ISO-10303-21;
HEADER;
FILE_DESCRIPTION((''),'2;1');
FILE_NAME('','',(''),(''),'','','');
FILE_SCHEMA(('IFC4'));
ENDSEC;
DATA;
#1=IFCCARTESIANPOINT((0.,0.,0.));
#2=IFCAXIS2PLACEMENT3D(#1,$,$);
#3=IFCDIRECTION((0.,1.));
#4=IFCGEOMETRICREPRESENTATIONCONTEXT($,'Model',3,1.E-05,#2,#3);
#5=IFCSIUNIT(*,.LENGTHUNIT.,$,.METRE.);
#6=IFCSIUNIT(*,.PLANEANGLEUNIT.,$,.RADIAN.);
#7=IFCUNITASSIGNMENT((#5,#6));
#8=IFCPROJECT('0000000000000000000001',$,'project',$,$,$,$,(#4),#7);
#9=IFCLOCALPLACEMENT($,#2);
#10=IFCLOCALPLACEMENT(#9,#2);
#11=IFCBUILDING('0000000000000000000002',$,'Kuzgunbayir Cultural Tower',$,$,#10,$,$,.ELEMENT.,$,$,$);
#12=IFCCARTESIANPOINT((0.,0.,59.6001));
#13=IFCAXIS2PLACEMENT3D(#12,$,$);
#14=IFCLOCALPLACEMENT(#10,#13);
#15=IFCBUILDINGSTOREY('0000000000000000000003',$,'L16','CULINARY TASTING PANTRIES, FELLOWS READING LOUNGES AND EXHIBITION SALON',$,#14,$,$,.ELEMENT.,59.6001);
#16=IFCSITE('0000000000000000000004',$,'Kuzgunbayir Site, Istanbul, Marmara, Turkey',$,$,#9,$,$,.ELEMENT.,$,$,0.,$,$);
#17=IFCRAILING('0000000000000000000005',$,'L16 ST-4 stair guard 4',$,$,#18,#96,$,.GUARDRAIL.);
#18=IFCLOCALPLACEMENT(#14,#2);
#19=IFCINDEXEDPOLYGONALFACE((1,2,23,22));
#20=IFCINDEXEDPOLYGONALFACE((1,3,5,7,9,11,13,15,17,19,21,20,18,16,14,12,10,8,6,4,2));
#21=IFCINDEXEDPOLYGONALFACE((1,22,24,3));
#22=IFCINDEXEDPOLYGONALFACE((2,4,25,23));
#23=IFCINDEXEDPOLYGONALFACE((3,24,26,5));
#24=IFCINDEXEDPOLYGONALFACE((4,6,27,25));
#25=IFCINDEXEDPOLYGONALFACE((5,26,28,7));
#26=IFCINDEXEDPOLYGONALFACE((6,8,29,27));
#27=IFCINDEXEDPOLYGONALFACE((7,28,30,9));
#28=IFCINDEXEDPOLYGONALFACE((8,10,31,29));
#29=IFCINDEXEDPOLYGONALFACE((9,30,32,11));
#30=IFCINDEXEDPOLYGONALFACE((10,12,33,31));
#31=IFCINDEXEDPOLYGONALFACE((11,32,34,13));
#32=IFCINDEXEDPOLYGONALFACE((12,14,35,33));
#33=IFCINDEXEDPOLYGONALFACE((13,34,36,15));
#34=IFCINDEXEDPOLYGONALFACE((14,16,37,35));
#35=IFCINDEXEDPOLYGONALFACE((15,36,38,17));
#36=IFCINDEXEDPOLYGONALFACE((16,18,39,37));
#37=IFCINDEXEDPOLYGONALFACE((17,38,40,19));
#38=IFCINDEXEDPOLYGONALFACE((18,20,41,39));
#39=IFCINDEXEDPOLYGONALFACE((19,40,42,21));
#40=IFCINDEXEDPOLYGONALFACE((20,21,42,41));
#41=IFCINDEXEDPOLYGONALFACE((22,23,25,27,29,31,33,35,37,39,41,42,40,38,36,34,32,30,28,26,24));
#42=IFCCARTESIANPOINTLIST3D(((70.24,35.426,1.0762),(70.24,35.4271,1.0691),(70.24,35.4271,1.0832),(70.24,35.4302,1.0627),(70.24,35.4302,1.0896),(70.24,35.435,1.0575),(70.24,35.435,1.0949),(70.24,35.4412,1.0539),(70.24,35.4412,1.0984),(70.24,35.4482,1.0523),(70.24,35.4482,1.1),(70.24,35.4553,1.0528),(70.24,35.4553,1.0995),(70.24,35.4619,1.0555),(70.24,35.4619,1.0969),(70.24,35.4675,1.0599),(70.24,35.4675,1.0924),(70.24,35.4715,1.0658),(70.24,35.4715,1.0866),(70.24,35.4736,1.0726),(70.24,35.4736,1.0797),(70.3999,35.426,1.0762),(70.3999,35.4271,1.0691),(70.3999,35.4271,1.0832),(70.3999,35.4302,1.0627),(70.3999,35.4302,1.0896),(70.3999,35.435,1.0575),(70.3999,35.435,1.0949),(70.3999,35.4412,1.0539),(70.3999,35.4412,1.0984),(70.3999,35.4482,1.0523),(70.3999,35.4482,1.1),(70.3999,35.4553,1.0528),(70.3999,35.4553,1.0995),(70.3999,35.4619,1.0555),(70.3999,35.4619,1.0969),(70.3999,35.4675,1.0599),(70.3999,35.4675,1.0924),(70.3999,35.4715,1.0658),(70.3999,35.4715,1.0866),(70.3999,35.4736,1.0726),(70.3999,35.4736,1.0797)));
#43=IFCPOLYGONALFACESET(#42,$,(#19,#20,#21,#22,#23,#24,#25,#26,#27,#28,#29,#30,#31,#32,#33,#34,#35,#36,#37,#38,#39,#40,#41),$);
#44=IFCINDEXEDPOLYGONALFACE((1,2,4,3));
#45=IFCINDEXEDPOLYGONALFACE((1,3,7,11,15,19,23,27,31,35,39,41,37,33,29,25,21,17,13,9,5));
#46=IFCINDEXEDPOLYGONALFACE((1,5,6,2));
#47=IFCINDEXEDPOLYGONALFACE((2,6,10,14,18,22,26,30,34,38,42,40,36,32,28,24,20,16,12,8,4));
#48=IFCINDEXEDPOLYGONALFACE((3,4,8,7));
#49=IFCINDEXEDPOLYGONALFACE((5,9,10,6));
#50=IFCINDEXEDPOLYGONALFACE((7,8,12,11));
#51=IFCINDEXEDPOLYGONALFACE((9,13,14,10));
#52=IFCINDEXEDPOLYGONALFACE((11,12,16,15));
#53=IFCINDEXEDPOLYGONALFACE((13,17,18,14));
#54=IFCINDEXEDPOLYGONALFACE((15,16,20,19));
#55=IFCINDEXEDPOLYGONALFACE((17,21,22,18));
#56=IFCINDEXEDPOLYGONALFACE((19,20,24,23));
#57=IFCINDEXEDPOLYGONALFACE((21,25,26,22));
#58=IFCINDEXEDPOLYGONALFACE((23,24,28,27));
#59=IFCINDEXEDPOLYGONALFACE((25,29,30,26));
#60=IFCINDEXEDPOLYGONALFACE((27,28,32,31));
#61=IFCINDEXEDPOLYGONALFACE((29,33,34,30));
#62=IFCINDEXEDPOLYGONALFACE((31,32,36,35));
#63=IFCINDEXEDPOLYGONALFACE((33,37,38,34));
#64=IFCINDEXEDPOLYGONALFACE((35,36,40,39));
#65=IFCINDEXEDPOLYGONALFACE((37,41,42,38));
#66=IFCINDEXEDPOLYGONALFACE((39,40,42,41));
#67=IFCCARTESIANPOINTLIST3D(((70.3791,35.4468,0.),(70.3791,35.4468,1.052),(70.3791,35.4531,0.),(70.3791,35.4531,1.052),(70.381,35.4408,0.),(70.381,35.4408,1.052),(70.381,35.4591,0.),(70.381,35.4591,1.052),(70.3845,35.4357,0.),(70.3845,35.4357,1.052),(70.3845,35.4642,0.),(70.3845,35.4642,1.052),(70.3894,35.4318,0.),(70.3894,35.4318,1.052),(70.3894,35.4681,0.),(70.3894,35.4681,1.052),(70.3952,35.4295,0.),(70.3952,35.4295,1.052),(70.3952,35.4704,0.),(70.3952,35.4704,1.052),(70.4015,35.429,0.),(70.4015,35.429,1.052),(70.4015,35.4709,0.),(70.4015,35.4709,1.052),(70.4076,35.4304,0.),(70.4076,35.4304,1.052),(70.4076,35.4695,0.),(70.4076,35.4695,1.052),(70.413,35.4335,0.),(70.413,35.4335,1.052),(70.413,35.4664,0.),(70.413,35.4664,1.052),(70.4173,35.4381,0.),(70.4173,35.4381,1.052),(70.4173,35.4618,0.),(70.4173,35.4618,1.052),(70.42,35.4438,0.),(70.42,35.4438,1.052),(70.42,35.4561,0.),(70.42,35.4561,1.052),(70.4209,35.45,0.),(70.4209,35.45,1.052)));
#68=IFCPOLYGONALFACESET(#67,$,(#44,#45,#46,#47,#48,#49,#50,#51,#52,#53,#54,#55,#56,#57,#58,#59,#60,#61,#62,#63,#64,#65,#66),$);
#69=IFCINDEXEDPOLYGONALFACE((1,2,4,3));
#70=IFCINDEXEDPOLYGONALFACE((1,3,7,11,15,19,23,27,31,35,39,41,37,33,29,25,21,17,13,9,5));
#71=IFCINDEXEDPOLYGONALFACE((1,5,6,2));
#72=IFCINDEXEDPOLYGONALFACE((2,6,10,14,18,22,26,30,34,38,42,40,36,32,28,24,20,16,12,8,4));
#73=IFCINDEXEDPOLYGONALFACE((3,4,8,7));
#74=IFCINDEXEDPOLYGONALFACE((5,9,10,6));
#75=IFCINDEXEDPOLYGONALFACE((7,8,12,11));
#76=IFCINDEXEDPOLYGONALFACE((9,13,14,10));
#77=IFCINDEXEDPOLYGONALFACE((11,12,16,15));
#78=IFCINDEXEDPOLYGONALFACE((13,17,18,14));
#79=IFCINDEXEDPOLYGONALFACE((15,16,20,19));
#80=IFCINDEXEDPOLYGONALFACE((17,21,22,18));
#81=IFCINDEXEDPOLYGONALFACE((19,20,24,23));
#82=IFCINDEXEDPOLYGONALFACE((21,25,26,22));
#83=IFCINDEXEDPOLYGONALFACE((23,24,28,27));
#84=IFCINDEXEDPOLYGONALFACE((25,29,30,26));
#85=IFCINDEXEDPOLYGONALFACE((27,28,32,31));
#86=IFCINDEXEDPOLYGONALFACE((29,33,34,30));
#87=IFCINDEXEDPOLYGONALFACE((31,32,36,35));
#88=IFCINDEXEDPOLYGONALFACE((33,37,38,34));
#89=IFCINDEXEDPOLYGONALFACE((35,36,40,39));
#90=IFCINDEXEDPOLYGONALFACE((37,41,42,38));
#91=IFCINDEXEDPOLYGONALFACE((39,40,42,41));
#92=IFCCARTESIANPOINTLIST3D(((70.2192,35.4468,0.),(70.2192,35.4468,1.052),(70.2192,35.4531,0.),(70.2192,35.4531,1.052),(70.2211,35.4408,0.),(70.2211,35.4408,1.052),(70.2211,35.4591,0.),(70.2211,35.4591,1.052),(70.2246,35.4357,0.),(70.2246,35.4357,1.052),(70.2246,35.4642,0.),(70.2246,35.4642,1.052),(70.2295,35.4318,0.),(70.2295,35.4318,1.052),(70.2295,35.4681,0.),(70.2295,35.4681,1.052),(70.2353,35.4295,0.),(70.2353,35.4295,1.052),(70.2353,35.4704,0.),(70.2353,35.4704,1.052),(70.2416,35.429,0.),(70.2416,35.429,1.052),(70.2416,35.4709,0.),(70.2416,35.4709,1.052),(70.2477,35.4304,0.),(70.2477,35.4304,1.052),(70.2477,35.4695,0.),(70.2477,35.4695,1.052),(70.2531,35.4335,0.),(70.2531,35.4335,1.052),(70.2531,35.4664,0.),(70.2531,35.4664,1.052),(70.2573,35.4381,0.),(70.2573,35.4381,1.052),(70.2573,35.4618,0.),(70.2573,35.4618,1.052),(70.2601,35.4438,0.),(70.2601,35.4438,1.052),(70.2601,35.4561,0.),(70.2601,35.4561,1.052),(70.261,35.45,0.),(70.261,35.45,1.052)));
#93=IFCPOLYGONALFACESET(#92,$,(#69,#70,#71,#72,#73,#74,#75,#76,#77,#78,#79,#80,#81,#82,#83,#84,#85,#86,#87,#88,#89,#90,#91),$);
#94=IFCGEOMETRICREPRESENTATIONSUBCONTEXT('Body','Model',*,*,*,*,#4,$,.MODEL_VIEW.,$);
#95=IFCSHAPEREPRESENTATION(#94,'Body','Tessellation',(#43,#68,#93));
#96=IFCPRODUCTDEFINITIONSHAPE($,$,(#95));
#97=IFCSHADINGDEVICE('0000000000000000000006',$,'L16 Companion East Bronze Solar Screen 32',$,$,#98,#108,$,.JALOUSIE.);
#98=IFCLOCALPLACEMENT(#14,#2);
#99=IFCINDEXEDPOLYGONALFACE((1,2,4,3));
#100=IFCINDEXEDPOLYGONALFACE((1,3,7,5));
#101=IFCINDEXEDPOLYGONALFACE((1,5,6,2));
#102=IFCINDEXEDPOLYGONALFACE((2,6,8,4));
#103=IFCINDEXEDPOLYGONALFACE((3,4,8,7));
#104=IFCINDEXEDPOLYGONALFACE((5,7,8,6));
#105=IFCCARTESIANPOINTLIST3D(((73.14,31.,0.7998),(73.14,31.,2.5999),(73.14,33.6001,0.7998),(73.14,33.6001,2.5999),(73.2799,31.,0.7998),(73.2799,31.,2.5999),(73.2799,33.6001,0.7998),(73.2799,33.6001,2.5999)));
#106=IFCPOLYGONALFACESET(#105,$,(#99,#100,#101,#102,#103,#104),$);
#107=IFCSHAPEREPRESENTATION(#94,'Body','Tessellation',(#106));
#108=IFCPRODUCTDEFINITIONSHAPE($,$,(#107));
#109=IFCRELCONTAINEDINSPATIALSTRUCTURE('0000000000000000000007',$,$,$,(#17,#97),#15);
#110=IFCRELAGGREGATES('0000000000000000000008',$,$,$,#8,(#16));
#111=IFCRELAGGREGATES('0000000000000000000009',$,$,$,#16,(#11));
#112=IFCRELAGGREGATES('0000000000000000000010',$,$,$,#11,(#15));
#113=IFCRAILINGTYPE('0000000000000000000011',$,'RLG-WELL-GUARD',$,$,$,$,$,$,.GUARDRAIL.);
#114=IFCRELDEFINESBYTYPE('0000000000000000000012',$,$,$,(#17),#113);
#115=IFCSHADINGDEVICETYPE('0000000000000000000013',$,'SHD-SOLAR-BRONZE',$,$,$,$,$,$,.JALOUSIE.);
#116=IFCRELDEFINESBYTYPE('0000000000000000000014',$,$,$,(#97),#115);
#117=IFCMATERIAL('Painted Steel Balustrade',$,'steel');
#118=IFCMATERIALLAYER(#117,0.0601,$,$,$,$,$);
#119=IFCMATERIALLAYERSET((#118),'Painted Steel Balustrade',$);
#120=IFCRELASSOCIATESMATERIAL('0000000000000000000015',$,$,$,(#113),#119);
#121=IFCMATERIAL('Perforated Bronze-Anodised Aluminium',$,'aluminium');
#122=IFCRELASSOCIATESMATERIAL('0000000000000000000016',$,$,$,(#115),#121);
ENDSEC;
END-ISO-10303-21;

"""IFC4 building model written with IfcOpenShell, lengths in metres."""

from ifc_helpers import new_model, si_unit, direction, frame, origin, origin_2d, place, context, subcontext, project, spatial, rectangle, circle, extrude, material, layer, layer_set, type_object, element, save


model = new_model("IFC4")

# Units and contexts
model_context = context("Model", 3, precision=1e-05, world=origin(), true_north=direction((0.0, 1.0)))
body_context = subcontext(model_context, "Body", "Model", "MODEL_VIEW")
ifc_project = project(units=[si_unit("LENGTHUNIT", "METRE"), si_unit("PLANEANGLEUNIT", "RADIAN")], contexts=[model_context])

# Site, building, storey
site_placement = place(None, origin())
site = spatial("IfcSite", under=ifc_project, at=site_placement, Name="Kuzgunbayir Site, Istanbul, Marmara, Turkey", CompositionType="ELEMENT", RefElevation=0.0)
building_placement = place(site_placement, origin())
building = spatial("IfcBuilding", under=site, at=building_placement, Name="Kuzgunbayir Cultural Tower", CompositionType="ELEMENT")
storey_placement = place(building_placement, frame((0.0, 0.0, 59.6001)))
storey = spatial("IfcBuildingStorey", under=building, at=storey_placement, Name="L16", Description="CULINARY TASTING PANTRIES, FELLOWS READING LOUNGES AND EXHIBITION SALON", CompositionType="ELEMENT", Elevation=59.6001)

# Shared definitions
ifc_material_1 = material(Name="Perforated Bronze-Anodised Aluminium", Category="aluminium")

# Railing
ifc_material_2 = material(Name="Painted Steel Balustrade", Category="steel")
ifc_layer_1 = layer(ifc_material_2, 0.0601)
ifc_layer_set_1 = layer_set([ifc_layer_1], Name="Painted Steel Balustrade")
railing_type = type_object("IfcRailingType", Name="RLG-WELL-GUARD", PredefinedType="GUARDRAIL", material=ifc_layer_set_1)
railing_placement = place(storey_placement, frame((70.3999, 35.45, 0.0)))
element("IfcRailing", 1, at=railing_placement, inside=storey, type_object=railing_type, Name="L16 ST-4 stair guard 4", PredefinedType="GUARDRAIL", context=body_context, shape_type="SweptSolid", body=[
    extrude(circle(Radius=0.0239, at=origin_2d()), frame((0.0, 0.0, 1.0762), z_axis=(-1.0, 0.0, 0.0), x_axis=(0.0, -1.0, 0.0)), (0.0, 0.0, 1.0), 0.1599),
    extrude(circle(Radius=0.021, at=origin_2d()), origin(), (0.0, 0.0, 1.0), 1.052),
    extrude(circle(Radius=0.021, at=origin_2d()), frame((-0.1599, 0.0, 0.0)), (0.0, 0.0, 1.0), 1.052),
])

# Shading device
shading_device_type = type_object("IfcShadingDeviceType", Name="SHD-SOLAR-BRONZE", PredefinedType="JALOUSIE", material=ifc_material_1)
shading_device_placement = place(storey_placement, frame((73.21, 32.3, 0.7998), z_axis=(0.0, 0.0, 1.0), x_axis=(1.0, 0.0, 0.0)))
element("IfcShadingDevice", 2, at=shading_device_placement, inside=storey, type_object=shading_device_type, Name="L16 Companion East Bronze Solar Screen 32", PredefinedType="JALOUSIE", context=body_context, shape_type="SweptSolid", body=[
    extrude(rectangle(XDim=0.1399, YDim=2.6001, at=origin_2d()), origin(), (0.0, 0.0, 1.0), 1.8),
])

save(model, "model.ifc")
